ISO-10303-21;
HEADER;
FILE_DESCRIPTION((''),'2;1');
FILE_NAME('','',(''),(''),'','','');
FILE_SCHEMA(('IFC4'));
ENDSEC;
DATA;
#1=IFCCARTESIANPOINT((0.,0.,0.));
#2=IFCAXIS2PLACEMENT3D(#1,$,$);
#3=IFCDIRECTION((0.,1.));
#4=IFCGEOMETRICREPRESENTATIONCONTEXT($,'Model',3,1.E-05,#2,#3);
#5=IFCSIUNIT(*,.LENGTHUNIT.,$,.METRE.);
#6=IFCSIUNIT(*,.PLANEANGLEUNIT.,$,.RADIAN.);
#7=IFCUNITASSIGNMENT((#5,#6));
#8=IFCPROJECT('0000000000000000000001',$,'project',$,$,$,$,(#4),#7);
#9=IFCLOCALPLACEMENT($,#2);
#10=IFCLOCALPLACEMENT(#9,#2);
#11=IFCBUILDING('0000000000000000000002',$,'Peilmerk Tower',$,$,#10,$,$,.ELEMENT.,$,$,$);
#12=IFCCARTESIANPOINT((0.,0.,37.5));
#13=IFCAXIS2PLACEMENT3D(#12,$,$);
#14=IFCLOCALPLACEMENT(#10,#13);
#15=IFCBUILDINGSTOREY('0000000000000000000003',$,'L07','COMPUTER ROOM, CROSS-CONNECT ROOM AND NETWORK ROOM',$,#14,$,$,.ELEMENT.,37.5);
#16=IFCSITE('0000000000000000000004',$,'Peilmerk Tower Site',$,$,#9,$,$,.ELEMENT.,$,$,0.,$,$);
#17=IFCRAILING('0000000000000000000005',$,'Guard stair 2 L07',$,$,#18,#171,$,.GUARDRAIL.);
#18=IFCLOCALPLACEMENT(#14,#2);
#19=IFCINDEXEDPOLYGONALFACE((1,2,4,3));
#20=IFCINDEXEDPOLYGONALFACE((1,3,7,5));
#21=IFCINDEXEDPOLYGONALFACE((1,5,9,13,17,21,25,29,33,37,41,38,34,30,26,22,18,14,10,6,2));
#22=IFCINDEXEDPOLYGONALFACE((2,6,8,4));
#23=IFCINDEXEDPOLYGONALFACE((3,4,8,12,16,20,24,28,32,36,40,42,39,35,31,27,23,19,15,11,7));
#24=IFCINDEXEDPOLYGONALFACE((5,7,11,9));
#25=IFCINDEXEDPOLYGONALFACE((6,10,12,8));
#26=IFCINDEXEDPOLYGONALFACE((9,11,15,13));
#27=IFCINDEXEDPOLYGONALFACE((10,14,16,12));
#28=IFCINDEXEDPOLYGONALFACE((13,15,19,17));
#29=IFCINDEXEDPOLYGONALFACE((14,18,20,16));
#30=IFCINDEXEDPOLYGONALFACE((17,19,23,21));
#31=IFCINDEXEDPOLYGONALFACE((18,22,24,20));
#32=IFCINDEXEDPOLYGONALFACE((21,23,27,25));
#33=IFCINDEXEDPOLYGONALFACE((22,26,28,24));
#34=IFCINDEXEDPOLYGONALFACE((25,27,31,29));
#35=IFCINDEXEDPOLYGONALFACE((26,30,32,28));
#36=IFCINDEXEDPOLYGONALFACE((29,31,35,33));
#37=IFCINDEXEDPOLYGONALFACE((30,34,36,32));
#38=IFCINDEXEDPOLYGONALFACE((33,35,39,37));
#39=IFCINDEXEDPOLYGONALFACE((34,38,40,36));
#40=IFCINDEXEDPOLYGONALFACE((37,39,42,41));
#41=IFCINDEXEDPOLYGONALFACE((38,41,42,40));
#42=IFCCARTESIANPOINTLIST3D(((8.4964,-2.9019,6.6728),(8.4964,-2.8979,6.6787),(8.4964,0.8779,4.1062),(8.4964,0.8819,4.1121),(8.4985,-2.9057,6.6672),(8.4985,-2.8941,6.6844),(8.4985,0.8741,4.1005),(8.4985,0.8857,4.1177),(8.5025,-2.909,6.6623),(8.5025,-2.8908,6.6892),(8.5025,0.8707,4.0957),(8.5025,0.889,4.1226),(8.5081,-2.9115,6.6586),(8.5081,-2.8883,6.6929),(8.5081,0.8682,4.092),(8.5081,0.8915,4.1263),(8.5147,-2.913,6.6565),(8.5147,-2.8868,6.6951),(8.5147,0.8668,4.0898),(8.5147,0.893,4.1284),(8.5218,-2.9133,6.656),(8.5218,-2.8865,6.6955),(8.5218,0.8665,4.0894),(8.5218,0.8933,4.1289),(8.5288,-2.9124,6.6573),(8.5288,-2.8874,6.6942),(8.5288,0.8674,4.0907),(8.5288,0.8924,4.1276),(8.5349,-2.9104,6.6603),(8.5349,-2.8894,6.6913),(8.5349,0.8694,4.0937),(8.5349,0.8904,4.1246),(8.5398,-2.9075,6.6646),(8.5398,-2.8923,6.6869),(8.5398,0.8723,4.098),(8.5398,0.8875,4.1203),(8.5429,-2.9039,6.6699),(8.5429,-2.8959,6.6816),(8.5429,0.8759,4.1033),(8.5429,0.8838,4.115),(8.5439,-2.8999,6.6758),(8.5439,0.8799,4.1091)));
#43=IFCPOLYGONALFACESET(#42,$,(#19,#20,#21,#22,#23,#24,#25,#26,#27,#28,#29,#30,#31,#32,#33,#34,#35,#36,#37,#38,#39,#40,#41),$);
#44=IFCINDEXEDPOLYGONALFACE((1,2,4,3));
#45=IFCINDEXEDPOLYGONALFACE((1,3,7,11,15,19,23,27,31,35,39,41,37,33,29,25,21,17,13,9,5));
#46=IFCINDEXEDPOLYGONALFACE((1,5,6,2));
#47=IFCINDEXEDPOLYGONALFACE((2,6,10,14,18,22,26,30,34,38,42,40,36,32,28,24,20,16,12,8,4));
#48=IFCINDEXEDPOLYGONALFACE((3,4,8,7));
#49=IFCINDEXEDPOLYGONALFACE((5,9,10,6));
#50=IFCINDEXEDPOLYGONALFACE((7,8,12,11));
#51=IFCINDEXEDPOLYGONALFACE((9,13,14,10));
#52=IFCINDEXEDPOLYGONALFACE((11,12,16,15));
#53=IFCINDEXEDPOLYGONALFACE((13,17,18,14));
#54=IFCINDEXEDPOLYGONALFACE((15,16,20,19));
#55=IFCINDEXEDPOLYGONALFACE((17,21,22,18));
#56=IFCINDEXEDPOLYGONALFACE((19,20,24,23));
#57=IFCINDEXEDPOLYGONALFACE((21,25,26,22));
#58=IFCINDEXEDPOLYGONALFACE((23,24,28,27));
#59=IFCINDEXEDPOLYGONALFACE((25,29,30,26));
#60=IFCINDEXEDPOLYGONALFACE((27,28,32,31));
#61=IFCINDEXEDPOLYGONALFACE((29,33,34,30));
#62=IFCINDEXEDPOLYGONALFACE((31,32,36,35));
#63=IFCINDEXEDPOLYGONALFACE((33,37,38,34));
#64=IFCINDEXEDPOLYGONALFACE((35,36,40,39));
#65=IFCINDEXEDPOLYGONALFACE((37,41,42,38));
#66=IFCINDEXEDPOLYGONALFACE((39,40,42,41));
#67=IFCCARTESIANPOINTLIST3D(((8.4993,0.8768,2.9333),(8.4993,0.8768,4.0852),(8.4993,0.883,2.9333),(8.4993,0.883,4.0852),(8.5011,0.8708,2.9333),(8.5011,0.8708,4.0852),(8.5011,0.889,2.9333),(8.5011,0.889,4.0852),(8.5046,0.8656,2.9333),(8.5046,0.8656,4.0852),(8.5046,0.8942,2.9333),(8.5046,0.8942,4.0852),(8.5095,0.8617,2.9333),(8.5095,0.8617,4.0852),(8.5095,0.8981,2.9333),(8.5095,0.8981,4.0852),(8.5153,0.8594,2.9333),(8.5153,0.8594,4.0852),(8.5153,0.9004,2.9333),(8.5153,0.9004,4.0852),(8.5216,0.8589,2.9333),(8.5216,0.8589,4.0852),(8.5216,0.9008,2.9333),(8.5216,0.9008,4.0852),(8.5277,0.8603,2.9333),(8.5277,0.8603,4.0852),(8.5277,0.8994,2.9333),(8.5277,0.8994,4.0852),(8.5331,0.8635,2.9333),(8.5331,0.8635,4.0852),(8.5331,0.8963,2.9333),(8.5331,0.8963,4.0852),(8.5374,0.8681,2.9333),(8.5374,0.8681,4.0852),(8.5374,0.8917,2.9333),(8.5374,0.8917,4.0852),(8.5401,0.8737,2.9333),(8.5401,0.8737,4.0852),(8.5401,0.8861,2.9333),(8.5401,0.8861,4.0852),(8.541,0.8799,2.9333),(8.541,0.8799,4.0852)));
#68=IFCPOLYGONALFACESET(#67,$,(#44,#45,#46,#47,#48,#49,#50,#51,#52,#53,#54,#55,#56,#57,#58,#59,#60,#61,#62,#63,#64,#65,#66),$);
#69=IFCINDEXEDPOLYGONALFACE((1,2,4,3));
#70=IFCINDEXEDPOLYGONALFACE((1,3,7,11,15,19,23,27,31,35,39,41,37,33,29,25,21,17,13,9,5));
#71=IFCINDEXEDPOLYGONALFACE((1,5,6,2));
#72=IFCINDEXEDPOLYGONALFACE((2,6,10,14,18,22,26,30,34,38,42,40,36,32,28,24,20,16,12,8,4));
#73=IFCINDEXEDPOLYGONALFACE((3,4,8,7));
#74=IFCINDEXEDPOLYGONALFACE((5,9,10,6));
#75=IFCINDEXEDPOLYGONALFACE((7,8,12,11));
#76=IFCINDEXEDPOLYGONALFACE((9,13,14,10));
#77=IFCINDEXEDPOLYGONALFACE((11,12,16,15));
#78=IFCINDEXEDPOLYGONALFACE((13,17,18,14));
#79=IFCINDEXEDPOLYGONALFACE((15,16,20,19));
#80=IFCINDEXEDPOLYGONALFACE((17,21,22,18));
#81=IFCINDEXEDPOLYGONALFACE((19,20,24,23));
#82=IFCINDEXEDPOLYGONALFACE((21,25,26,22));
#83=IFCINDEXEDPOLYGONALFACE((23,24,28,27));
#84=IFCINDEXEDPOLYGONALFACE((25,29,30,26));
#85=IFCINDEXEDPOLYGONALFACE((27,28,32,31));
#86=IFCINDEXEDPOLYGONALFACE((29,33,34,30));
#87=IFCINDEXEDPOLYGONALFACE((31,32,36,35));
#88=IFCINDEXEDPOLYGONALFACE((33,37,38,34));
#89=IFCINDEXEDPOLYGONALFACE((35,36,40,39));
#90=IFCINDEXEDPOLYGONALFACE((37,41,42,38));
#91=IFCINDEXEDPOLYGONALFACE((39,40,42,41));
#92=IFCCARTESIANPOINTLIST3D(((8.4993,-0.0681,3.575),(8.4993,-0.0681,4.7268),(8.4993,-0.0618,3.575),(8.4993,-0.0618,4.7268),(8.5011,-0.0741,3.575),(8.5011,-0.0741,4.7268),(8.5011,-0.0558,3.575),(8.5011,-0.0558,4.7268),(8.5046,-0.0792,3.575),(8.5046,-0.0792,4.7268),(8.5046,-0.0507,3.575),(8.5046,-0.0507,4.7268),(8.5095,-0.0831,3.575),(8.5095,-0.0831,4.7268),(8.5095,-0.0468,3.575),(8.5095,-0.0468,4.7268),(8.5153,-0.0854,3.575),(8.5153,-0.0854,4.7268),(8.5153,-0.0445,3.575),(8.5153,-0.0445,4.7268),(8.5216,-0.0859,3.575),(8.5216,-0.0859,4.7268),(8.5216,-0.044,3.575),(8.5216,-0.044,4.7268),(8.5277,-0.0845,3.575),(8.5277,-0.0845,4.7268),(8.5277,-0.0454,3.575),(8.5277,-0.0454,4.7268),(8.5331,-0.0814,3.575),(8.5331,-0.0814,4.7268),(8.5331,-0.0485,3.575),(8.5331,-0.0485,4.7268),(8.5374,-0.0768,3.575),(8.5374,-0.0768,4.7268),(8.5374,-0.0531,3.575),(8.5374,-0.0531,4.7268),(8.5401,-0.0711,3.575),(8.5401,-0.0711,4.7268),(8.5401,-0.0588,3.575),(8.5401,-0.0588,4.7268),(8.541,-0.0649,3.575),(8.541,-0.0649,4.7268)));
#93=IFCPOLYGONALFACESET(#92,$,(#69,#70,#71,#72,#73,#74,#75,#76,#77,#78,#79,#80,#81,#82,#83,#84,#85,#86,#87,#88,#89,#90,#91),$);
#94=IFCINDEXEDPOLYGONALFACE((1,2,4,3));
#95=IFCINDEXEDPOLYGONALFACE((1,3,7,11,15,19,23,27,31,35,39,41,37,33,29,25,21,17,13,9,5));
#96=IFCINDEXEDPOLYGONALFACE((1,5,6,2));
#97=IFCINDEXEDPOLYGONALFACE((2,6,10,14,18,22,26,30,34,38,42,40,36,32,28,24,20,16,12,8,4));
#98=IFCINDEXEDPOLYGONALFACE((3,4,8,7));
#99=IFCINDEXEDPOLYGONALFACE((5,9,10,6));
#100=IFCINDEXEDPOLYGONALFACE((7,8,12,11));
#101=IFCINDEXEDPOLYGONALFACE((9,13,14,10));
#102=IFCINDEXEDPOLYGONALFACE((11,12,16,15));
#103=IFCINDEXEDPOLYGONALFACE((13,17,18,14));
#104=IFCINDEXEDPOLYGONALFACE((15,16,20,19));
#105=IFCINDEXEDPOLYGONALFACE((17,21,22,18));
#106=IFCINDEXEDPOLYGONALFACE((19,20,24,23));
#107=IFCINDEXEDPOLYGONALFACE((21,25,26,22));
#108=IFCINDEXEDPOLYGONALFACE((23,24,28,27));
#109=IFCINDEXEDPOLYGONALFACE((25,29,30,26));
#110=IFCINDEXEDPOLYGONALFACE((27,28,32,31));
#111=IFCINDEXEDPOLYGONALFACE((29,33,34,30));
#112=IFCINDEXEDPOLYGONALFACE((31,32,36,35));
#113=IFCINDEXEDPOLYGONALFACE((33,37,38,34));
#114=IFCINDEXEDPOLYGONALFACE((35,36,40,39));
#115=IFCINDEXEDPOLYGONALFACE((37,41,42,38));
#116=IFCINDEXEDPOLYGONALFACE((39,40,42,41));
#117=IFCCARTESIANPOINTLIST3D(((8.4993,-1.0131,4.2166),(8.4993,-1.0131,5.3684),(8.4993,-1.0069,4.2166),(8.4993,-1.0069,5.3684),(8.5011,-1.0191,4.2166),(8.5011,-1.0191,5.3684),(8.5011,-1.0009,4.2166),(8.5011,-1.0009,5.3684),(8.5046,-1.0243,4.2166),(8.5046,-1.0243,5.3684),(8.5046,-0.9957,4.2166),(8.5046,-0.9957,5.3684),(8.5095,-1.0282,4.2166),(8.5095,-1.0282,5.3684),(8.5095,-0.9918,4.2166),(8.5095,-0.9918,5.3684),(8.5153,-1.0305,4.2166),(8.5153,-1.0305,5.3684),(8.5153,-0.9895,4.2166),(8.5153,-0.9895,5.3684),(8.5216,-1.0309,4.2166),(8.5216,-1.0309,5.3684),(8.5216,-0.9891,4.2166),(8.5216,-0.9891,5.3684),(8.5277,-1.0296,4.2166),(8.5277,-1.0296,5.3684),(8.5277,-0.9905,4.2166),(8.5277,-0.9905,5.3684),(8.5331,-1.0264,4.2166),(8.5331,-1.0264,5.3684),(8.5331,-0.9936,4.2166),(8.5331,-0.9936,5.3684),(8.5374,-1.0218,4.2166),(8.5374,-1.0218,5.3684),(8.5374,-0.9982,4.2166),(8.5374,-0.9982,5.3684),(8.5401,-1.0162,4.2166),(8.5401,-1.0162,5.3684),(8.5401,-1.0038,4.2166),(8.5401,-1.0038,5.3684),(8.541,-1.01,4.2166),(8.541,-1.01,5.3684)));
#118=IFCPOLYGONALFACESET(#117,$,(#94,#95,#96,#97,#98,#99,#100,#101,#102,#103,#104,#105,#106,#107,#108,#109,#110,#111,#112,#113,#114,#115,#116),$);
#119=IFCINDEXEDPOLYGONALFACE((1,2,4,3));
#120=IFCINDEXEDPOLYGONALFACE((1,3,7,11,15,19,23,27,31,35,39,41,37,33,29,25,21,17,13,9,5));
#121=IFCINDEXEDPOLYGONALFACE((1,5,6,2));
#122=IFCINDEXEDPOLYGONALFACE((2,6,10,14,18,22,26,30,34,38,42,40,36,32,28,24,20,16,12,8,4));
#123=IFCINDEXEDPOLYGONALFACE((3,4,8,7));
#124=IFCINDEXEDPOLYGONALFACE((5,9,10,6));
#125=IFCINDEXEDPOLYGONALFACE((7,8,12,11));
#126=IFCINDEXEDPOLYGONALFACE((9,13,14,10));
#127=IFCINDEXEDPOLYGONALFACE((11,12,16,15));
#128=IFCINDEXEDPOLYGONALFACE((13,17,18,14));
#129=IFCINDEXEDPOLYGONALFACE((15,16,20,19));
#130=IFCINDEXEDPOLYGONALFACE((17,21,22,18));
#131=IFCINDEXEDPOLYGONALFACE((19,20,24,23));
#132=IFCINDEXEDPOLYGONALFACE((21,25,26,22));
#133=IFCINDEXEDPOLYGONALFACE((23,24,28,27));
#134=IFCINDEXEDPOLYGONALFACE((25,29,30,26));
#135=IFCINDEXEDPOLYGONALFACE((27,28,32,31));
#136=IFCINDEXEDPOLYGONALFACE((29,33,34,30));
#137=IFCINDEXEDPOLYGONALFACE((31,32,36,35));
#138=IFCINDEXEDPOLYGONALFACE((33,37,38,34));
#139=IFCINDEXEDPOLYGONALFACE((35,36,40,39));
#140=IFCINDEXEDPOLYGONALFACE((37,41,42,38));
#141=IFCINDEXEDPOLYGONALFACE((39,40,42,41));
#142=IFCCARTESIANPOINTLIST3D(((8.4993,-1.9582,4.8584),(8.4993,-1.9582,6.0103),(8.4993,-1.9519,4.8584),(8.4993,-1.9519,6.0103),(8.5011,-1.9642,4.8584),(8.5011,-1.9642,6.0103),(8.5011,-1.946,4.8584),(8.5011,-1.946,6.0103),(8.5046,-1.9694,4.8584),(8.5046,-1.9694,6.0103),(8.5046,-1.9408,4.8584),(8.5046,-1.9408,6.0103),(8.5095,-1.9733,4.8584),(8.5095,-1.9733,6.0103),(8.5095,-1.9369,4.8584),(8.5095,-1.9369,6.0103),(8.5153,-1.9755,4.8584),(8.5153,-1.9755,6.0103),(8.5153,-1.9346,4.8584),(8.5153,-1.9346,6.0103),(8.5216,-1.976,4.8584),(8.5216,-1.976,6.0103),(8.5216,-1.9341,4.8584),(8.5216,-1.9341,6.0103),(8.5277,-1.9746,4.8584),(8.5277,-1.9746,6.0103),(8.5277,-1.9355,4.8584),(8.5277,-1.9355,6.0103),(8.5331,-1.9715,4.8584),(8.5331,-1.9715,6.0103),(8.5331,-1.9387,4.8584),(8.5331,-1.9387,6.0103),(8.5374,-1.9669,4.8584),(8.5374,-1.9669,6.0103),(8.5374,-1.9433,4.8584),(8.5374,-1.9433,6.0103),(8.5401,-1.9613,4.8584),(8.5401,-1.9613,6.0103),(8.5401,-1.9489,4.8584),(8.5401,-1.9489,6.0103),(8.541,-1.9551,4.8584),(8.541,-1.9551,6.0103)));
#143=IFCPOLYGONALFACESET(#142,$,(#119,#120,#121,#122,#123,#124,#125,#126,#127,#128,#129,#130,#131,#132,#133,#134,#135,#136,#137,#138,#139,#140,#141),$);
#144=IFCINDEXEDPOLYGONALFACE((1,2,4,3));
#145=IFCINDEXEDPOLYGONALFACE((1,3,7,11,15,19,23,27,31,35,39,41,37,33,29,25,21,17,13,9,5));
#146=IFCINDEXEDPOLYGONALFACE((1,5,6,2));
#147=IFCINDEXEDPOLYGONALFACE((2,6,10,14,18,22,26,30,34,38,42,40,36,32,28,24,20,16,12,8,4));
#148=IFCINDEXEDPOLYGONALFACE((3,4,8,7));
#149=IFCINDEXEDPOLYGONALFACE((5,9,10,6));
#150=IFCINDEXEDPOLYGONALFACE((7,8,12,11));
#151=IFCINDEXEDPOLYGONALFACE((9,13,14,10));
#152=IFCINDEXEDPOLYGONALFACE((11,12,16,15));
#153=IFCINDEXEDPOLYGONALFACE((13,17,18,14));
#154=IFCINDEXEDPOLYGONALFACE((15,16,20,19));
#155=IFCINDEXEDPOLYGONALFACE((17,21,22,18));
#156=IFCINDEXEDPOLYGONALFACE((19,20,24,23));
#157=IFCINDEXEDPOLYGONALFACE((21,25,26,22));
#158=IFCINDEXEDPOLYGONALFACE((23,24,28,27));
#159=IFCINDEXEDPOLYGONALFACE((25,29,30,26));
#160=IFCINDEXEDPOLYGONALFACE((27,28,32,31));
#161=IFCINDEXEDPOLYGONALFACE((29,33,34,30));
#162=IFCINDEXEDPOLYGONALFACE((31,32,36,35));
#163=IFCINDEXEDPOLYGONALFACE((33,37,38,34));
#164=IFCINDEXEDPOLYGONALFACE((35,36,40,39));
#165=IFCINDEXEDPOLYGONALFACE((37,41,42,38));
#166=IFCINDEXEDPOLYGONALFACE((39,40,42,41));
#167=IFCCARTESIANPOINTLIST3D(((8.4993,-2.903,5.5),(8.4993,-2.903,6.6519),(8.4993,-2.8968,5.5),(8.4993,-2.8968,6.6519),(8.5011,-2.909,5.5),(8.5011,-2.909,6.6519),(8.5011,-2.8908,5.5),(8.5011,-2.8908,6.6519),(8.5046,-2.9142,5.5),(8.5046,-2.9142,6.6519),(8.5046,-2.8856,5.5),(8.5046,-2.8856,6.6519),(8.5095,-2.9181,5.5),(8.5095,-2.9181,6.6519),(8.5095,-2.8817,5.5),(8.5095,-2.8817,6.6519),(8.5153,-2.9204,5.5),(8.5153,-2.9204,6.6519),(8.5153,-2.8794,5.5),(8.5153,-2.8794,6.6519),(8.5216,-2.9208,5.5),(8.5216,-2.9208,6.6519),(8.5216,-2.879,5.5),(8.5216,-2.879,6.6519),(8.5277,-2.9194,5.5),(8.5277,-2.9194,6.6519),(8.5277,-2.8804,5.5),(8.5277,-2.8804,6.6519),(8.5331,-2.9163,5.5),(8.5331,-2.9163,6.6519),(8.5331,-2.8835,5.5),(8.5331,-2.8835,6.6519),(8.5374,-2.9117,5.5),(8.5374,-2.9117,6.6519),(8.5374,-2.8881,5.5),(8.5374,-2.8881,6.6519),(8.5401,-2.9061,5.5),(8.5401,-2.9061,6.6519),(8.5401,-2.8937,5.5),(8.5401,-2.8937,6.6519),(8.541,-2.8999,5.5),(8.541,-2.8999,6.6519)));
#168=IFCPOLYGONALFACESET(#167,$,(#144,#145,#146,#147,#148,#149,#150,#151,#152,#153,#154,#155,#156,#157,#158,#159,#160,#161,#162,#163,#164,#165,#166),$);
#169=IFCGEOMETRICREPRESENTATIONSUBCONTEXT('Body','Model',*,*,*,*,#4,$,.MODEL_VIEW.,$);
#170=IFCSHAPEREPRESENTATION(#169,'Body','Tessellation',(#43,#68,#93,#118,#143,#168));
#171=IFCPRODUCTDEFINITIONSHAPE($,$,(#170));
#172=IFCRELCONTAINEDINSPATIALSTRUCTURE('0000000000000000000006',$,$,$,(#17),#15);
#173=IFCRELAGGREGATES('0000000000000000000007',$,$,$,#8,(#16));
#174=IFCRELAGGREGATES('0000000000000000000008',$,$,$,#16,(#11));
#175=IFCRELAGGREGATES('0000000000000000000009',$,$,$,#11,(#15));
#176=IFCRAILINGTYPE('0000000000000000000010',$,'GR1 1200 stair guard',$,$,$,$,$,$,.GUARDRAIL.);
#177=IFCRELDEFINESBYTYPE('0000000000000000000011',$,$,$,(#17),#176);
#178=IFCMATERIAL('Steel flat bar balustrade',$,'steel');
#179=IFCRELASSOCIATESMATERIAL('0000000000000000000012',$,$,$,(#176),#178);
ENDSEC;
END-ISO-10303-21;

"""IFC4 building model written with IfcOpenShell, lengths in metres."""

from ifc_helpers import new_model, si_unit, direction, frame, origin, origin_2d, place, context, subcontext, project, spatial, circle, extrude, material, type_object, element, save


model = new_model("IFC4")

# Units and contexts
model_context = context("Model", 3, precision=1e-05, world=origin(), true_north=direction((0.0, 1.0)))
body_context = subcontext(model_context, "Body", "Model", "MODEL_VIEW")
ifc_project = project(units=[si_unit("LENGTHUNIT", "METRE"), si_unit("PLANEANGLEUNIT", "RADIAN")], contexts=[model_context])

# Site, building, storey
site_placement = place(None, origin())
site = spatial("IfcSite", under=ifc_project, at=site_placement, Name="Peilmerk Tower Site", CompositionType="ELEMENT", RefElevation=0.0)
building_placement = place(site_placement, origin())
building = spatial("IfcBuilding", under=site, at=building_placement, Name="Peilmerk Tower", CompositionType="ELEMENT")
storey_placement = place(building_placement, frame((0.0, 0.0, 37.5)))
storey = spatial("IfcBuildingStorey", under=building, at=storey_placement, Name="L07", Description="COMPUTER ROOM, CROSS-CONNECT ROOM AND NETWORK ROOM", CompositionType="ELEMENT", Elevation=37.5)

# Railing
ifc_material_1 = material(Name="Steel flat bar balustrade", Category="steel")
railing_type_1 = type_object("IfcRailingType", Name="GR1 1200 stair guard", PredefinedType="GUARDRAIL", material=ifc_material_1)
railing_1_placement = place(storey_placement, frame((8.52, 0.8799, 2.9333)))
element("IfcRailing", 1, at=railing_1_placement, inside=storey, type_object=railing_type_1, Name="Guard stair 2 L07", PredefinedType="GUARDRAIL", context=body_context, shape_type="SweptSolid", body=[
    extrude(circle(Radius=0.0239, at=origin_2d()), frame((0.0, 0.0, 1.1758), z_axis=(0.0, -0.827293, 0.561771), x_axis=(1.0, 0.0, 0.0)), (0.0, 0.0, 1.0), 4.5688),
    extrude(circle(Radius=0.021, at=origin_2d()), origin(), (0.0, 0.0, 1.0), 1.1519),
    extrude(circle(Radius=0.021, at=origin_2d()), frame((0.0, -0.9448, 0.6416)), (0.0, 0.0, 1.0), 1.1519),
    extrude(circle(Radius=0.021, at=origin_2d()), frame((0.0, -1.8899, 1.2832)), (0.0, 0.0, 1.0), 1.1519),
    extrude(circle(Radius=0.021, at=origin_2d()), frame((0.0, -2.835, 1.925)), (0.0, 0.0, 1.0), 1.1519),
    extrude(circle(Radius=0.021, at=origin_2d()), frame((0.0, -3.7798, 2.5667)), (0.0, 0.0, 1.0), 1.1519),
])

save(model, "model.ifc")
